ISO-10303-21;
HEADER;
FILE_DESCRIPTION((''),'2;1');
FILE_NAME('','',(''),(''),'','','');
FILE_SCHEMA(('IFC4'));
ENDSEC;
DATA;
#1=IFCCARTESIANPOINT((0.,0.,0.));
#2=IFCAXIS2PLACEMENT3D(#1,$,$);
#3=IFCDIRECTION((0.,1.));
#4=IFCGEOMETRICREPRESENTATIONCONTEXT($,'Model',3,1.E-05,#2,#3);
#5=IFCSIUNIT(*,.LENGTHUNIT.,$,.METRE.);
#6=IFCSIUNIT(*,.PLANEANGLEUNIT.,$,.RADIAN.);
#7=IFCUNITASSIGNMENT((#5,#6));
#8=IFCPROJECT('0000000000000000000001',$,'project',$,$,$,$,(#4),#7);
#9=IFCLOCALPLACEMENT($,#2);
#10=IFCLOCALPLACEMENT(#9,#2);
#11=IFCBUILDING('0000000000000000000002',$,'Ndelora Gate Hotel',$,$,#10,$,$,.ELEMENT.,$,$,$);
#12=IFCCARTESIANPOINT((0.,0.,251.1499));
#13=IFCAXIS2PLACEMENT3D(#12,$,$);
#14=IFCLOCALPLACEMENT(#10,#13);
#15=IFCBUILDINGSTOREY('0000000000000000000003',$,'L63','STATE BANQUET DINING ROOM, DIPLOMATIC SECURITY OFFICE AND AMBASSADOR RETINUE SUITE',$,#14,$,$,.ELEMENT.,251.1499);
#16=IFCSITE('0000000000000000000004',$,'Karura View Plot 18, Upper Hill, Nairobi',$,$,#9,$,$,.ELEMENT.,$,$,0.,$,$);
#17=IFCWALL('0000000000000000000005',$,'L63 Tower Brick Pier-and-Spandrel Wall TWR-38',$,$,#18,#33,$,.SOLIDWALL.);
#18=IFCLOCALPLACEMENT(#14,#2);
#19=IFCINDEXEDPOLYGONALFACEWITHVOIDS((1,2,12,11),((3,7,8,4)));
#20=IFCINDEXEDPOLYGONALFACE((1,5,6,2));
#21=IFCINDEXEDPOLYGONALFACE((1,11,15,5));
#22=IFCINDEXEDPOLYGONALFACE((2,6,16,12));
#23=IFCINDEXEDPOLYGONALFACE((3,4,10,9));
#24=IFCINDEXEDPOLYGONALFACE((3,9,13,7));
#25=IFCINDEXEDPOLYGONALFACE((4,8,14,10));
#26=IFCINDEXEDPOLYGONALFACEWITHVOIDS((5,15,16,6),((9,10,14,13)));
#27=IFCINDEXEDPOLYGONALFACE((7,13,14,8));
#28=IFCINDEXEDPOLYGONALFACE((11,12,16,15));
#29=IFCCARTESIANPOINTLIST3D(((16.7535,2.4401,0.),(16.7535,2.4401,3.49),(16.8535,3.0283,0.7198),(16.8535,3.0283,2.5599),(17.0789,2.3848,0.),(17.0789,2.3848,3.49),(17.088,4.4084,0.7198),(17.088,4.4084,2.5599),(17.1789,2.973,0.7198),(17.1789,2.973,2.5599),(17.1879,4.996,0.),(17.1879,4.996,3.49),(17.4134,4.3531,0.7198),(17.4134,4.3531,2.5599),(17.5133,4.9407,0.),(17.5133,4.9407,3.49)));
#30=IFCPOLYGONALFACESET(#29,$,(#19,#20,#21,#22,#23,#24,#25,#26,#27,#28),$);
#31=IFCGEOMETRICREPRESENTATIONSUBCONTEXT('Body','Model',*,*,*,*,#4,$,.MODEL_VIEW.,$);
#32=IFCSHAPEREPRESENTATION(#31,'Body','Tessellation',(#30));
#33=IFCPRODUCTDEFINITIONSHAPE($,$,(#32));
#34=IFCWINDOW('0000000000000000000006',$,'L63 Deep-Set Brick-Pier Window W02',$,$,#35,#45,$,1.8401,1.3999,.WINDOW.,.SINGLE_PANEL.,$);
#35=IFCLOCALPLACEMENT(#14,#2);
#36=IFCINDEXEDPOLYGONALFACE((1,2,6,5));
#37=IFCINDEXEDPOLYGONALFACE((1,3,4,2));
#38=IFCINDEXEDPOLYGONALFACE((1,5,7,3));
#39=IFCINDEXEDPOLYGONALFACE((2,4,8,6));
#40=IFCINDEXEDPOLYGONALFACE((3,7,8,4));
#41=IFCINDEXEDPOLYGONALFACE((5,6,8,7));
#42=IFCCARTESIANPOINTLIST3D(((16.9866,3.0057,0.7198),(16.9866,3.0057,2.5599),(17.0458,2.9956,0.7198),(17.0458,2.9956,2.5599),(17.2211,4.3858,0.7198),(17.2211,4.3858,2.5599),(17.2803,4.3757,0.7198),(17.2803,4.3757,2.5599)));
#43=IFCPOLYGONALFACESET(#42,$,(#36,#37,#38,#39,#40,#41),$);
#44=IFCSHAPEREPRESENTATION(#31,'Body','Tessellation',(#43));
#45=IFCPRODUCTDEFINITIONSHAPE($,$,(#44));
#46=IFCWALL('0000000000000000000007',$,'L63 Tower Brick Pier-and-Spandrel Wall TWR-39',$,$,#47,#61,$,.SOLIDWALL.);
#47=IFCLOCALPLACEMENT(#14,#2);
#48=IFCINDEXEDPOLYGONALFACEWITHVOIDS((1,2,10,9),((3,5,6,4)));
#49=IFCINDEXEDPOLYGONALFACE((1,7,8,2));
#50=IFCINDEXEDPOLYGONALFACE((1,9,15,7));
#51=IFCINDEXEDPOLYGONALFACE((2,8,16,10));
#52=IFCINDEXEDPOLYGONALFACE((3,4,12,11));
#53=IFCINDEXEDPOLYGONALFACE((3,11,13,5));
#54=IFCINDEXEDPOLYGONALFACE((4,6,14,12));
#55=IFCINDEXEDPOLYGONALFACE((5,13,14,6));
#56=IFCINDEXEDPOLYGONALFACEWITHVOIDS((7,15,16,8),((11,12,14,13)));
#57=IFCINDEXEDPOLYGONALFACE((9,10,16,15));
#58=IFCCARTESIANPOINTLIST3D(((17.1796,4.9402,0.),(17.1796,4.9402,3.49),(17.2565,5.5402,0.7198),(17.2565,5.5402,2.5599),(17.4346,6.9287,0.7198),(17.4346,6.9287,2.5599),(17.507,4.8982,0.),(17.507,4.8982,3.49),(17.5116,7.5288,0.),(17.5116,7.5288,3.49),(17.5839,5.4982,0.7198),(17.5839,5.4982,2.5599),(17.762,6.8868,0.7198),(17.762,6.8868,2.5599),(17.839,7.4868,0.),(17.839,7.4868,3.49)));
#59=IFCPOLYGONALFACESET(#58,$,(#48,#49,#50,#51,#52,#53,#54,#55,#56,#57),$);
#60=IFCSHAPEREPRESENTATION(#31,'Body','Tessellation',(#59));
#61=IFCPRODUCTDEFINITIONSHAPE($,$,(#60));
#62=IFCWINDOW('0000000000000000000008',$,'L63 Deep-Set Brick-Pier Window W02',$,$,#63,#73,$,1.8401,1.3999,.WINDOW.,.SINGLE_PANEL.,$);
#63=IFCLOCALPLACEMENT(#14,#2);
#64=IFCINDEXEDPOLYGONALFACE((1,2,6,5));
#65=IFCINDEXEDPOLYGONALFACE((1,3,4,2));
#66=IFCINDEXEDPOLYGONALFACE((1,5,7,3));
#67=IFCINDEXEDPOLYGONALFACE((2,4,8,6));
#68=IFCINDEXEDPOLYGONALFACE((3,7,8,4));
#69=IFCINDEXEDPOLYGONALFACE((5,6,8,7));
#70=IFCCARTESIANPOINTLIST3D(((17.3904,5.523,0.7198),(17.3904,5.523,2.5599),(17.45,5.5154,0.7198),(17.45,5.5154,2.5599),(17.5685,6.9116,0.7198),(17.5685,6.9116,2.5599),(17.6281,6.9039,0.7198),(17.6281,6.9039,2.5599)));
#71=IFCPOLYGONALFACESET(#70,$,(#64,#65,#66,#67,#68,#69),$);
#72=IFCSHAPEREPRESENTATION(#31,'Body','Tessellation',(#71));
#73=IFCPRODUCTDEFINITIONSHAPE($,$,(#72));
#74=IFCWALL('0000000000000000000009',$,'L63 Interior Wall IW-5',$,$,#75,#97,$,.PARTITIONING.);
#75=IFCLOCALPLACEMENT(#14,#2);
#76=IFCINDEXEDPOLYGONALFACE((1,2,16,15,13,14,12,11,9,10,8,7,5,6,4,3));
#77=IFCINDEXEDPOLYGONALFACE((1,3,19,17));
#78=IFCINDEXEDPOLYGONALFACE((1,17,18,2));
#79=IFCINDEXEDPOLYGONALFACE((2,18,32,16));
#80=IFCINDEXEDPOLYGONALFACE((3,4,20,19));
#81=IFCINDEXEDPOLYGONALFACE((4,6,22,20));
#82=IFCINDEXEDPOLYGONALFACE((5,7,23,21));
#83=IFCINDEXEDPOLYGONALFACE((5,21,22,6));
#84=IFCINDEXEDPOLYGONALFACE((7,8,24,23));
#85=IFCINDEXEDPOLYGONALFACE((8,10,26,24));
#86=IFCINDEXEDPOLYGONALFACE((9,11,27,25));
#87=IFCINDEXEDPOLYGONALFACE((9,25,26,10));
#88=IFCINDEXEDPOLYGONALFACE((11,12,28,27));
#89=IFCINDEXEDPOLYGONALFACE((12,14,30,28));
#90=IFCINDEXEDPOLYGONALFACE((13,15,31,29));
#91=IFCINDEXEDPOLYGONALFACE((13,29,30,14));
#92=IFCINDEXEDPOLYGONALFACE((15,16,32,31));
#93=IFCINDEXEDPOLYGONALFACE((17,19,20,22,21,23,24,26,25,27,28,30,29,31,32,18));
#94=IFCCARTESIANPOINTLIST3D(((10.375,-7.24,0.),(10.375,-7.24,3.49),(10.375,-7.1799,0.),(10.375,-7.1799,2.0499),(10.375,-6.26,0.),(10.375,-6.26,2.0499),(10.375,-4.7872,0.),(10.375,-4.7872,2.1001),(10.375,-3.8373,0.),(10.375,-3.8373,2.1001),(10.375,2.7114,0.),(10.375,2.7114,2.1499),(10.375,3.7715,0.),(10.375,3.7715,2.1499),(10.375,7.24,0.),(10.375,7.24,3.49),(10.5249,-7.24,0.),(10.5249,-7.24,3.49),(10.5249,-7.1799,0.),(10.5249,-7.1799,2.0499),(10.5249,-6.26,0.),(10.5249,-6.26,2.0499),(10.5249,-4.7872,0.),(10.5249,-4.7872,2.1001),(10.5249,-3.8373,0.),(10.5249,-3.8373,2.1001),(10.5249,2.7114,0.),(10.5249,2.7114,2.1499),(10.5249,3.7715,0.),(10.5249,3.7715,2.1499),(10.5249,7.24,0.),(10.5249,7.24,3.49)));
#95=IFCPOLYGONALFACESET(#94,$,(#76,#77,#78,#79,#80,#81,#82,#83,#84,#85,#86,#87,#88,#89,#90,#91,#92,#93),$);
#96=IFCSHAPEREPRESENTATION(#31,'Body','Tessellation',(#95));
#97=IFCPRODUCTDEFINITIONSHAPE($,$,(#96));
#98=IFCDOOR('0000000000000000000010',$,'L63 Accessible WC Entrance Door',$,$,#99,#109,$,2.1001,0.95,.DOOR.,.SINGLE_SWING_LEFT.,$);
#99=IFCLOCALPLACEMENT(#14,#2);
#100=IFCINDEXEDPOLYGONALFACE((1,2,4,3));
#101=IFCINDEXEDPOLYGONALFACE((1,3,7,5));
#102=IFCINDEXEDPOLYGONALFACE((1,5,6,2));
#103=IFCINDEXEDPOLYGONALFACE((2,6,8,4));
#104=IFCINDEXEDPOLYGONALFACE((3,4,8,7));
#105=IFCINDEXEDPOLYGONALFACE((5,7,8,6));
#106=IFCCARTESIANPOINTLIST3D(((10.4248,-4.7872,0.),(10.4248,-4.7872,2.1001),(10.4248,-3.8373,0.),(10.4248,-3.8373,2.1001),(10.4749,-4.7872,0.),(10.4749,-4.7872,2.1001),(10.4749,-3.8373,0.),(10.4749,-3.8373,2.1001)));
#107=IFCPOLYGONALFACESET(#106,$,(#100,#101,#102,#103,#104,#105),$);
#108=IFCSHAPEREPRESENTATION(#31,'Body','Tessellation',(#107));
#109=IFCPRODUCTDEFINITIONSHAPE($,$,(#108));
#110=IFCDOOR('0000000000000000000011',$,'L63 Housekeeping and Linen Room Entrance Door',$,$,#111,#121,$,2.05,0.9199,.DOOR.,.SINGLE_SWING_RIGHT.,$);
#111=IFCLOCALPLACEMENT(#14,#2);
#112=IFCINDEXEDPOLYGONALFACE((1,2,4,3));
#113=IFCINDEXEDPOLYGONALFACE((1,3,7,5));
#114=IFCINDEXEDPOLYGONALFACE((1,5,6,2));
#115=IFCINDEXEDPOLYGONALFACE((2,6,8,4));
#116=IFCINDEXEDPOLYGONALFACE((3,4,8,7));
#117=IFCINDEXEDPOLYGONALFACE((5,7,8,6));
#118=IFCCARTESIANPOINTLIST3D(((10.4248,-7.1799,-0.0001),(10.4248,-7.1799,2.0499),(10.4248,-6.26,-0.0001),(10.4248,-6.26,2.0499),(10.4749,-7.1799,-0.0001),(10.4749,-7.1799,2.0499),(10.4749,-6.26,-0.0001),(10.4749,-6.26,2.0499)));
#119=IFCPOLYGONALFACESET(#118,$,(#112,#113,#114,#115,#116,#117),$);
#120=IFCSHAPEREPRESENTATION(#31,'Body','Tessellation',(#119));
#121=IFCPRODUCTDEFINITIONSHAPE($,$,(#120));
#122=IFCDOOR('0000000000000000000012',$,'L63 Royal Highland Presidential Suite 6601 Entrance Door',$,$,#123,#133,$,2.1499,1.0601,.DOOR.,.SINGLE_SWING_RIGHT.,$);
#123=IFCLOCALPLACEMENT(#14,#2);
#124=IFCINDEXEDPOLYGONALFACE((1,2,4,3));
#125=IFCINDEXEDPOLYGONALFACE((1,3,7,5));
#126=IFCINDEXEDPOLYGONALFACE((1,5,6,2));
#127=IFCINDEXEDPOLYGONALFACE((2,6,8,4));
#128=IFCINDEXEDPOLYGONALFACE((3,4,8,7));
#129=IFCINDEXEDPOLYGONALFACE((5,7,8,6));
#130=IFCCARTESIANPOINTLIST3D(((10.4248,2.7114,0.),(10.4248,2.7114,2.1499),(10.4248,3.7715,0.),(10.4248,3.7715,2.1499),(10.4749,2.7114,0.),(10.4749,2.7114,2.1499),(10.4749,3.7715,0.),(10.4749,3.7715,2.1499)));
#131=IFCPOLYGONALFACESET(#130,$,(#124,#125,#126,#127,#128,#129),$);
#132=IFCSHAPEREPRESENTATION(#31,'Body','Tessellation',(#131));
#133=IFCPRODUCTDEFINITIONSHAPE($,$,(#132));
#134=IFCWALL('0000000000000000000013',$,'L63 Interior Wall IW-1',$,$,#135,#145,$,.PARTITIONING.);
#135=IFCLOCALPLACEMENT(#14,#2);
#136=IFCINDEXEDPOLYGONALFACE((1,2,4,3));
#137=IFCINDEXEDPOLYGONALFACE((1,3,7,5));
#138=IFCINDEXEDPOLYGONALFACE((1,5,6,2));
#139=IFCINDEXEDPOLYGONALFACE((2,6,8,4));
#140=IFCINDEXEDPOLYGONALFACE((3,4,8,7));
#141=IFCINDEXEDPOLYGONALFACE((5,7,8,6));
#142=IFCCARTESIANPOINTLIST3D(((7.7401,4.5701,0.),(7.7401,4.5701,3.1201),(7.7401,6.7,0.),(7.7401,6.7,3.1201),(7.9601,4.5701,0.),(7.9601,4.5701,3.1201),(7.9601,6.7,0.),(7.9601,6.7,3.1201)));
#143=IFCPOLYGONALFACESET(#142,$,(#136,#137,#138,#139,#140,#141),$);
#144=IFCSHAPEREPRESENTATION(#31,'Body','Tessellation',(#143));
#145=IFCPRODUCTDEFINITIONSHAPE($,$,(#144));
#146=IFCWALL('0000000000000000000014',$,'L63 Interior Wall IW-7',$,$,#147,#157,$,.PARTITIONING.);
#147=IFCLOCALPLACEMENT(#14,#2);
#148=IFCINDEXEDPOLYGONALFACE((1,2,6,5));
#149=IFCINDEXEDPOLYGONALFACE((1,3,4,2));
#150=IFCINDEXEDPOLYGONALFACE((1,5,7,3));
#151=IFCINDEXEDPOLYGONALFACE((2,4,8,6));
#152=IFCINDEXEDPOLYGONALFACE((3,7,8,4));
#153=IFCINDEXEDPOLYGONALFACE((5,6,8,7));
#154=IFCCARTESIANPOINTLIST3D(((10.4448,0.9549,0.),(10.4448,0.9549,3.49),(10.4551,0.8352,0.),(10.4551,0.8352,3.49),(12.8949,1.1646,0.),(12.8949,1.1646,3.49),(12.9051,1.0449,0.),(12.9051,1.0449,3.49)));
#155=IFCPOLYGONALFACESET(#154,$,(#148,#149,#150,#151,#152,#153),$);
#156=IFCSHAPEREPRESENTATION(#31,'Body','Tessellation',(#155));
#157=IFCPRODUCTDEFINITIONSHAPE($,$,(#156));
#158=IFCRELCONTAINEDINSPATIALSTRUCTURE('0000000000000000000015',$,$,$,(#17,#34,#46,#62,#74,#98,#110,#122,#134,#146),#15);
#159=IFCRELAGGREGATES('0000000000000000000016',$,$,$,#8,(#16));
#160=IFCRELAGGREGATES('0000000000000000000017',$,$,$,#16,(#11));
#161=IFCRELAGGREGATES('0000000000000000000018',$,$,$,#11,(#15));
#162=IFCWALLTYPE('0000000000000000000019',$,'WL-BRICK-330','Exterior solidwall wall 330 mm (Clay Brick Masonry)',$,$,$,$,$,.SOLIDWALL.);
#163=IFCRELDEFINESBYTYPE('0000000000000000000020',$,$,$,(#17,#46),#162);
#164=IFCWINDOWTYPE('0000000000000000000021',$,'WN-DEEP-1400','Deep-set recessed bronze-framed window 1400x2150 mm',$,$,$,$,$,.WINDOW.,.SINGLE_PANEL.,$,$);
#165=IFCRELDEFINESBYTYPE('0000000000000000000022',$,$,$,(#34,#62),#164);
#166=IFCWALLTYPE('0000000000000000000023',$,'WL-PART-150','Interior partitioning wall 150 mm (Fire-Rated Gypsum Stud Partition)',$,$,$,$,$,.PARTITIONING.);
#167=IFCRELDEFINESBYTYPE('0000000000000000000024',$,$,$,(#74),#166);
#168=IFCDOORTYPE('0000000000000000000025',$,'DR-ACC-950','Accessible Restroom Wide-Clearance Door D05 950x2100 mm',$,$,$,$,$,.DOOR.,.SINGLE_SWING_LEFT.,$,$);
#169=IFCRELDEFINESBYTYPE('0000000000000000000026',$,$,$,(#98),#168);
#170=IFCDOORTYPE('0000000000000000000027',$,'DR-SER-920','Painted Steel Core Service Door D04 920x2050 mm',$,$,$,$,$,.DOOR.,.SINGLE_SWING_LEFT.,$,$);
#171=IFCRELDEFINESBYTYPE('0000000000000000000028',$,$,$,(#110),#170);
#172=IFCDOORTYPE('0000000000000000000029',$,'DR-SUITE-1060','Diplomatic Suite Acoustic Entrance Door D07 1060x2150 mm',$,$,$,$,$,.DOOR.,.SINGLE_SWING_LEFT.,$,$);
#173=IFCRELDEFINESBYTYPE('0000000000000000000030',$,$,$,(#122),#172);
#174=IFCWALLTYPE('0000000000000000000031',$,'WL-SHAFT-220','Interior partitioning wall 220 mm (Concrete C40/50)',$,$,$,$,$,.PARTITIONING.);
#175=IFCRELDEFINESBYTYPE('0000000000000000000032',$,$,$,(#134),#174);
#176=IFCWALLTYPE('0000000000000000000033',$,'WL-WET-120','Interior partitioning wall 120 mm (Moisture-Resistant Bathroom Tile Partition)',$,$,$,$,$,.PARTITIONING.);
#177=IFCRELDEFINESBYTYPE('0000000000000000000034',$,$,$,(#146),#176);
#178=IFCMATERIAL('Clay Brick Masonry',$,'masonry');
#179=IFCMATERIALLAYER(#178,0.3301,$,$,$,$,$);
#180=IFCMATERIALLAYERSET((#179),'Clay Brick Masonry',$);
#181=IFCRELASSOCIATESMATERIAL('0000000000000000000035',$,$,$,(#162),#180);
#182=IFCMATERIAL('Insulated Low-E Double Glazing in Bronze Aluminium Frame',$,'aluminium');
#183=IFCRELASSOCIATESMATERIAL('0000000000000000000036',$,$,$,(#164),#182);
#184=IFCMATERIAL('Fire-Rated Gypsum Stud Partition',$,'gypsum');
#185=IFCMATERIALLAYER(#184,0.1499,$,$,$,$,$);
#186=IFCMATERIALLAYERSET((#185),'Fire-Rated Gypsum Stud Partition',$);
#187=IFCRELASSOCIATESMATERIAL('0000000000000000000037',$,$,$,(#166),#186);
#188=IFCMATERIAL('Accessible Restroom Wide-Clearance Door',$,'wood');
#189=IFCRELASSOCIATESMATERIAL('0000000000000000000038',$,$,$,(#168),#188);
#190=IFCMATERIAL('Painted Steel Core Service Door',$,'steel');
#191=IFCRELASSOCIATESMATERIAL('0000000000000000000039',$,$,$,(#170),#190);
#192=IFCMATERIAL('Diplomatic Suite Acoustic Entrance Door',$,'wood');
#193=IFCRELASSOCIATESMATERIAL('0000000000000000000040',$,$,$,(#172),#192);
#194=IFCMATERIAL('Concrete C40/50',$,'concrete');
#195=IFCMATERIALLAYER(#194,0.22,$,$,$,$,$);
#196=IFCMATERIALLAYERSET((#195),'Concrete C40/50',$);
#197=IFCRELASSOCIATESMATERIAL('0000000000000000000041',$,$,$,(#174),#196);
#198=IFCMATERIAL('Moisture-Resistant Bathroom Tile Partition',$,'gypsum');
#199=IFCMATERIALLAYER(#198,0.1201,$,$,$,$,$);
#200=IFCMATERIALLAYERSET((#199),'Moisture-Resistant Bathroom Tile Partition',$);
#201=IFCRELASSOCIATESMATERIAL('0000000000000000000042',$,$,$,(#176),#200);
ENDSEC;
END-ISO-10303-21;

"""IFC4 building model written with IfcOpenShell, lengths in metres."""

from ifc_helpers import new_model, si_unit, direction, frame, frame_2d, origin, place, context, subcontext, project, spatial, rectangle, extrude, material, layer, layer_set, type_object, element, fill, save


model = new_model("IFC4")

# Units and contexts
model_context = context("Model", 3, precision=1e-05, world=origin(), true_north=direction((0.0, 1.0)))
body_context = subcontext(model_context, "Body", "Model", "MODEL_VIEW")
ifc_project = project(units=[si_unit("LENGTHUNIT", "METRE"), si_unit("PLANEANGLEUNIT", "RADIAN")], contexts=[model_context])

# Site, building, storey
site_placement = place(None, origin())
site = spatial("IfcSite", under=ifc_project, at=site_placement, Name="Karura View Plot 18, Upper Hill, Nairobi", CompositionType="ELEMENT", RefElevation=0.0)
building_placement = place(site_placement, origin())
building = spatial("IfcBuilding", under=site, at=building_placement, Name="Ndelora Gate Hotel", CompositionType="ELEMENT")
storey_placement = place(building_placement, frame((0.0, 0.0, 251.1499)))
storey = spatial("IfcBuildingStorey", under=building, at=storey_placement, Name="L63", Description="STATE BANQUET DINING ROOM, DIPLOMATIC SECURITY OFFICE AND AMBASSADOR RETINUE SUITE", CompositionType="ELEMENT", Elevation=251.1499)

# Shared definitions
ifc_material_1 = material(Name="Clay Brick Masonry", Category="masonry")
ifc_layer_1 = layer(ifc_material_1, 0.3301)
ifc_layer_set_1 = layer_set([ifc_layer_1], Name="Clay Brick Masonry")
wall_type_1 = type_object("IfcWallType", Name="WL-BRICK-330", Description="Exterior solidwall wall 330 mm (Clay Brick Masonry)", PredefinedType="SOLIDWALL", material=ifc_layer_set_1)

# Walls, openings, windows
wall_1_placement = place(storey_placement, frame((17.3506, 4.9685, 0.0), z_axis=(0.0, 0.0, 1.0), x_axis=(-0.167529, -0.985867, 0.0)))
wall_1 = element("IfcWall", 1, at=wall_1_placement, inside=storey, type_object=wall_type_1, Name="L63 Tower Brick Pier-and-Spandrel Wall TWR-38", PredefinedType="SOLIDWALL", context=body_context, shape_type="SweptSolid", body=[
    extrude(rectangle(XDim=2.5925, YDim=0.3301, at=frame_2d((1.2964, 0.0))), origin(), (0.0, 0.0, 1.0), 3.49),
])
opening_1_placement = place(wall_1_placement, frame((0.5962, 0.0, 0.72)))
opening_1 = element("IfcOpeningElement", 2, at=opening_1_placement, cuts=wall_1, PredefinedType="OPENING", context=body_context, shape_type="SweptSolid", body=[
    extrude(rectangle(XDim=1.3999, YDim=1.8401, at=frame_2d((0.7, 0.9199))), frame((0.0, 0.175, 0.0), z_axis=(0.0, -1.0, 0.0), x_axis=(1.0, 0.0, 0.0)), (0.0, 0.0, 1.0), 0.3501),
])
ifc_material_2 = material(Name="Insulated Low-E Double Glazing in Bronze Aluminium Frame", Category="aluminium")
window_type = type_object("IfcWindowType", Name="WN-DEEP-1400", Description="Deep-set recessed bronze-framed window 1400x2150 mm", PartitioningType="SINGLE_PANEL", PredefinedType="WINDOW", material=ifc_material_2)
window_1_placement = place(opening_1_placement, origin())
window_1 = element("IfcWindow", 3, at=window_1_placement, inside=storey, type_object=window_type, Name="L63 Deep-Set Brick-Pier Window W02", OverallHeight=1.8401, OverallWidth=1.3999, PartitioningType="SINGLE_PANEL", PredefinedType="WINDOW", context=body_context, shape_type="SweptSolid", body=[
    extrude(rectangle(XDim=1.3999, YDim=1.8401, at=frame_2d((0.7, 0.9199))), frame((0.0, 0.03, 0.0), z_axis=(0.0, -1.0, 0.0), x_axis=(1.0, 0.0, 0.0)), (0.0, 0.0, 1.0), 0.0601),
])
fill(opening_1, window_1)
wall_2_placement = place(storey_placement, frame((17.6753, 7.5078, 0.0), z_axis=(0.0, 0.0, 1.0), x_axis=(-0.127223, -0.991874, 0.0)))
wall_2 = element("IfcWall", 4, at=wall_2_placement, inside=storey, type_object=wall_type_1, Name="L63 Tower Brick Pier-and-Spandrel Wall TWR-39", PredefinedType="SOLIDWALL", context=body_context, shape_type="SweptSolid", body=[
    extrude(rectangle(XDim=2.6099, YDim=0.3301, at=frame_2d((1.3049, 0.0))), origin(), (0.0, 0.0, 1.0), 3.49),
])
opening_2_placement = place(wall_2_placement, frame((0.605, 0.0, 0.72)))
opening_2 = element("IfcOpeningElement", 5, at=opening_2_placement, cuts=wall_2, PredefinedType="OPENING", context=body_context, shape_type="SweptSolid", body=[
    extrude(rectangle(XDim=1.3999, YDim=1.8401, at=frame_2d((0.7, 0.9199))), frame((0.0, 0.175, 0.0), z_axis=(0.0, -1.0, 0.0), x_axis=(1.0, 0.0, 0.0)), (0.0, 0.0, 1.0), 0.3501),
])
window_2_placement = place(opening_2_placement, origin())
window_2 = element("IfcWindow", 6, at=window_2_placement, inside=storey, type_object=window_type, Name="L63 Deep-Set Brick-Pier Window W02", OverallHeight=1.8401, OverallWidth=1.3999, PartitioningType="SINGLE_PANEL", PredefinedType="WINDOW", context=body_context, shape_type="SweptSolid", body=[
    extrude(rectangle(XDim=1.3999, YDim=1.8401, at=frame_2d((0.7, 0.9199))), frame((0.0, 0.03, 0.0), z_axis=(0.0, -1.0, 0.0), x_axis=(1.0, 0.0, 0.0)), (0.0, 0.0, 1.0), 0.0601),
])
fill(opening_2, window_2)

# Shared definitions
ifc_material_3 = material(Name="Concrete C40/50", Category="concrete")

# Wall, openings, doors
ifc_material_4 = material(Name="Fire-Rated Gypsum Stud Partition", Category="gypsum")
ifc_layer_2 = layer(ifc_material_4, 0.1499)
ifc_layer_set_2 = layer_set([ifc_layer_2], Name="Fire-Rated Gypsum Stud Partition")
wall_type_2 = type_object("IfcWallType", Name="WL-PART-150", Description="Interior partitioning wall 150 mm (Fire-Rated Gypsum Stud Partition)", PredefinedType="PARTITIONING", material=ifc_layer_set_2)
wall_3_placement = place(storey_placement, frame((10.45, 7.24, 0.0), z_axis=(0.0, 0.0, 1.0), x_axis=(0.0, -1.0, 0.0)))
wall_3 = element("IfcWall", 7, at=wall_3_placement, inside=storey, type_object=wall_type_2, Name="L63 Interior Wall IW-5", PredefinedType="PARTITIONING", context=body_context, shape_type="SweptSolid", body=[
    extrude(rectangle(XDim=14.48, YDim=0.1499, at=frame_2d((7.24, 0.0))), origin(), (0.0, 0.0, 1.0), 3.49),
])
opening_3_placement = place(wall_3_placement, frame((13.5, 0.0, 0.0)))
opening_3 = element("IfcOpeningElement", 8, at=opening_3_placement, cuts=wall_3, PredefinedType="OPENING", context=body_context, shape_type="SweptSolid", body=[
    extrude(rectangle(XDim=0.9199, YDim=2.05, at=frame_2d((0.46, 1.0249))), frame((0.0, 0.085, 0.0), z_axis=(0.0, -1.0, 0.0), x_axis=(1.0, 0.0, 0.0)), (0.0, 0.0, 1.0), 0.1699),
])
opening_4_placement = place(wall_3_placement, frame((11.0771, 0.0, 0.0)))
opening_4 = element("IfcOpeningElement", 9, at=opening_4_placement, cuts=wall_3, PredefinedType="OPENING", context=body_context, shape_type="SweptSolid", body=[
    extrude(rectangle(XDim=0.95, YDim=2.1001, at=frame_2d((0.4751, 1.05))), frame((0.0, 0.085, 0.0), z_axis=(0.0, -1.0, 0.0), x_axis=(1.0, 0.0, 0.0)), (0.0, 0.0, 1.0), 0.1699),
])
opening_5_placement = place(wall_3_placement, frame((3.4685, 0.0, 0.0)))
opening_5 = element("IfcOpeningElement", 10, at=opening_5_placement, cuts=wall_3, PredefinedType="OPENING", context=body_context, shape_type="SweptSolid", body=[
    extrude(rectangle(XDim=1.0601, YDim=2.1499, at=frame_2d((0.53, 1.075))), frame((0.0, 0.085, 0.0), z_axis=(0.0, -1.0, 0.0), x_axis=(1.0, 0.0, 0.0)), (0.0, 0.0, 1.0), 0.1699),
])
ifc_material_5 = material(Name="Accessible Restroom Wide-Clearance Door", Category="wood")
door_type_1 = type_object("IfcDoorType", Name="DR-ACC-950", Description="Accessible Restroom Wide-Clearance Door D05 950x2100 mm", OperationType="SINGLE_SWING_LEFT", PredefinedType="DOOR", material=ifc_material_5)
door_1_placement = place(opening_4_placement, origin())
door_1 = element("IfcDoor", 11, at=door_1_placement, inside=storey, type_object=door_type_1, Name="L63 Accessible WC Entrance Door", OperationType="SINGLE_SWING_LEFT", OverallHeight=2.1001, OverallWidth=0.95, PredefinedType="DOOR", context=body_context, shape_type="SweptSolid", body=[
    extrude(rectangle(XDim=0.95, YDim=2.1001, at=frame_2d((0.4751, 1.05))), frame((0.0, 0.0249, 0.0), z_axis=(0.0, -1.0, 0.0), x_axis=(1.0, 0.0, 0.0)), (0.0, 0.0, 1.0), 0.05),
])
fill(opening_4, door_1)
ifc_material_6 = material(Name="Painted Steel Core Service Door", Category="steel")
door_type_2 = type_object("IfcDoorType", Name="DR-SER-920", Description="Painted Steel Core Service Door D04 920x2050 mm", OperationType="SINGLE_SWING_LEFT", PredefinedType="DOOR", material=ifc_material_6)
door_2_placement = place(opening_3_placement, origin())
door_2 = element("IfcDoor", 12, at=door_2_placement, inside=storey, type_object=door_type_2, Name="L63 Housekeeping and Linen Room Entrance Door", OperationType="SINGLE_SWING_RIGHT", OverallHeight=2.05, OverallWidth=0.9199, PredefinedType="DOOR", context=body_context, shape_type="SweptSolid", body=[
    extrude(rectangle(XDim=0.9199, YDim=2.05, at=frame_2d((0.46, 1.0249))), frame((0.0, 0.0249, 0.0), z_axis=(0.0, -1.0, 0.0), x_axis=(1.0, 0.0, 0.0)), (0.0, 0.0, 1.0), 0.05),
])
fill(opening_3, door_2)
ifc_material_7 = material(Name="Diplomatic Suite Acoustic Entrance Door", Category="wood")
door_type_3 = type_object("IfcDoorType", Name="DR-SUITE-1060", Description="Diplomatic Suite Acoustic Entrance Door D07 1060x2150 mm", OperationType="SINGLE_SWING_LEFT", PredefinedType="DOOR", material=ifc_material_7)
door_3_placement = place(opening_5_placement, origin())
door_3 = element("IfcDoor", 13, at=door_3_placement, inside=storey, type_object=door_type_3, Name="L63 Royal Highland Presidential Suite 6601 Entrance Door", OperationType="SINGLE_SWING_RIGHT", OverallHeight=2.1499, OverallWidth=1.0601, PredefinedType="DOOR", context=body_context, shape_type="SweptSolid", body=[
    extrude(rectangle(XDim=1.0601, YDim=2.1499, at=frame_2d((0.53, 1.075))), frame((0.0, 0.0249, 0.0), z_axis=(0.0, -1.0, 0.0), x_axis=(1.0, 0.0, 0.0)), (0.0, 0.0, 1.0), 0.05),
])
fill(opening_5, door_3)

# Walls
ifc_layer_3 = layer(ifc_material_3, 0.22)
ifc_layer_set_3 = layer_set([ifc_layer_3], Name="Concrete C40/50")
wall_type_3 = type_object("IfcWallType", Name="WL-SHAFT-220", Description="Interior partitioning wall 220 mm (Concrete C40/50)", PredefinedType="PARTITIONING", material=ifc_layer_set_3)
wall_4_placement = place(storey_placement, frame((7.8501, 4.5701, 0.0), z_axis=(0.0, 0.0, 1.0), x_axis=(0.0, 1.0, 0.0)))
element("IfcWall", 14, at=wall_4_placement, inside=storey, type_object=wall_type_3, Name="L63 Interior Wall IW-1", PredefinedType="PARTITIONING", context=body_context, shape_type="SweptSolid", body=[
    extrude(rectangle(XDim=2.1299, YDim=0.22, at=frame_2d((1.0649, 0.0))), origin(), (0.0, 0.0, 1.0), 3.1201),
])
ifc_material_8 = material(Name="Moisture-Resistant Bathroom Tile Partition", Category="gypsum")
ifc_layer_4 = layer(ifc_material_8, 0.1201)
ifc_layer_set_4 = layer_set([ifc_layer_4], Name="Moisture-Resistant Bathroom Tile Partition")
wall_type_4 = type_object("IfcWallType", Name="WL-WET-120", Description="Interior partitioning wall 120 mm (Moisture-Resistant Bathroom Tile Partition)", PredefinedType="PARTITIONING", material=ifc_layer_set_4)
wall_5_placement = place(storey_placement, frame((10.45, 0.895, 0.0), z_axis=(0.0, 0.0, 1.0), x_axis=(0.996356, 0.085288, 0.0)))
element("IfcWall", 15, at=wall_5_placement, inside=storey, type_object=wall_type_4, Name="L63 Interior Wall IW-7", PredefinedType="PARTITIONING", context=body_context, shape_type="SweptSolid", body=[
    extrude(rectangle(XDim=2.459, YDim=0.1201, at=frame_2d((1.2295, 0.0))), origin(), (0.0, 0.0, 1.0), 3.49),
])

save(model, "model.ifc")
